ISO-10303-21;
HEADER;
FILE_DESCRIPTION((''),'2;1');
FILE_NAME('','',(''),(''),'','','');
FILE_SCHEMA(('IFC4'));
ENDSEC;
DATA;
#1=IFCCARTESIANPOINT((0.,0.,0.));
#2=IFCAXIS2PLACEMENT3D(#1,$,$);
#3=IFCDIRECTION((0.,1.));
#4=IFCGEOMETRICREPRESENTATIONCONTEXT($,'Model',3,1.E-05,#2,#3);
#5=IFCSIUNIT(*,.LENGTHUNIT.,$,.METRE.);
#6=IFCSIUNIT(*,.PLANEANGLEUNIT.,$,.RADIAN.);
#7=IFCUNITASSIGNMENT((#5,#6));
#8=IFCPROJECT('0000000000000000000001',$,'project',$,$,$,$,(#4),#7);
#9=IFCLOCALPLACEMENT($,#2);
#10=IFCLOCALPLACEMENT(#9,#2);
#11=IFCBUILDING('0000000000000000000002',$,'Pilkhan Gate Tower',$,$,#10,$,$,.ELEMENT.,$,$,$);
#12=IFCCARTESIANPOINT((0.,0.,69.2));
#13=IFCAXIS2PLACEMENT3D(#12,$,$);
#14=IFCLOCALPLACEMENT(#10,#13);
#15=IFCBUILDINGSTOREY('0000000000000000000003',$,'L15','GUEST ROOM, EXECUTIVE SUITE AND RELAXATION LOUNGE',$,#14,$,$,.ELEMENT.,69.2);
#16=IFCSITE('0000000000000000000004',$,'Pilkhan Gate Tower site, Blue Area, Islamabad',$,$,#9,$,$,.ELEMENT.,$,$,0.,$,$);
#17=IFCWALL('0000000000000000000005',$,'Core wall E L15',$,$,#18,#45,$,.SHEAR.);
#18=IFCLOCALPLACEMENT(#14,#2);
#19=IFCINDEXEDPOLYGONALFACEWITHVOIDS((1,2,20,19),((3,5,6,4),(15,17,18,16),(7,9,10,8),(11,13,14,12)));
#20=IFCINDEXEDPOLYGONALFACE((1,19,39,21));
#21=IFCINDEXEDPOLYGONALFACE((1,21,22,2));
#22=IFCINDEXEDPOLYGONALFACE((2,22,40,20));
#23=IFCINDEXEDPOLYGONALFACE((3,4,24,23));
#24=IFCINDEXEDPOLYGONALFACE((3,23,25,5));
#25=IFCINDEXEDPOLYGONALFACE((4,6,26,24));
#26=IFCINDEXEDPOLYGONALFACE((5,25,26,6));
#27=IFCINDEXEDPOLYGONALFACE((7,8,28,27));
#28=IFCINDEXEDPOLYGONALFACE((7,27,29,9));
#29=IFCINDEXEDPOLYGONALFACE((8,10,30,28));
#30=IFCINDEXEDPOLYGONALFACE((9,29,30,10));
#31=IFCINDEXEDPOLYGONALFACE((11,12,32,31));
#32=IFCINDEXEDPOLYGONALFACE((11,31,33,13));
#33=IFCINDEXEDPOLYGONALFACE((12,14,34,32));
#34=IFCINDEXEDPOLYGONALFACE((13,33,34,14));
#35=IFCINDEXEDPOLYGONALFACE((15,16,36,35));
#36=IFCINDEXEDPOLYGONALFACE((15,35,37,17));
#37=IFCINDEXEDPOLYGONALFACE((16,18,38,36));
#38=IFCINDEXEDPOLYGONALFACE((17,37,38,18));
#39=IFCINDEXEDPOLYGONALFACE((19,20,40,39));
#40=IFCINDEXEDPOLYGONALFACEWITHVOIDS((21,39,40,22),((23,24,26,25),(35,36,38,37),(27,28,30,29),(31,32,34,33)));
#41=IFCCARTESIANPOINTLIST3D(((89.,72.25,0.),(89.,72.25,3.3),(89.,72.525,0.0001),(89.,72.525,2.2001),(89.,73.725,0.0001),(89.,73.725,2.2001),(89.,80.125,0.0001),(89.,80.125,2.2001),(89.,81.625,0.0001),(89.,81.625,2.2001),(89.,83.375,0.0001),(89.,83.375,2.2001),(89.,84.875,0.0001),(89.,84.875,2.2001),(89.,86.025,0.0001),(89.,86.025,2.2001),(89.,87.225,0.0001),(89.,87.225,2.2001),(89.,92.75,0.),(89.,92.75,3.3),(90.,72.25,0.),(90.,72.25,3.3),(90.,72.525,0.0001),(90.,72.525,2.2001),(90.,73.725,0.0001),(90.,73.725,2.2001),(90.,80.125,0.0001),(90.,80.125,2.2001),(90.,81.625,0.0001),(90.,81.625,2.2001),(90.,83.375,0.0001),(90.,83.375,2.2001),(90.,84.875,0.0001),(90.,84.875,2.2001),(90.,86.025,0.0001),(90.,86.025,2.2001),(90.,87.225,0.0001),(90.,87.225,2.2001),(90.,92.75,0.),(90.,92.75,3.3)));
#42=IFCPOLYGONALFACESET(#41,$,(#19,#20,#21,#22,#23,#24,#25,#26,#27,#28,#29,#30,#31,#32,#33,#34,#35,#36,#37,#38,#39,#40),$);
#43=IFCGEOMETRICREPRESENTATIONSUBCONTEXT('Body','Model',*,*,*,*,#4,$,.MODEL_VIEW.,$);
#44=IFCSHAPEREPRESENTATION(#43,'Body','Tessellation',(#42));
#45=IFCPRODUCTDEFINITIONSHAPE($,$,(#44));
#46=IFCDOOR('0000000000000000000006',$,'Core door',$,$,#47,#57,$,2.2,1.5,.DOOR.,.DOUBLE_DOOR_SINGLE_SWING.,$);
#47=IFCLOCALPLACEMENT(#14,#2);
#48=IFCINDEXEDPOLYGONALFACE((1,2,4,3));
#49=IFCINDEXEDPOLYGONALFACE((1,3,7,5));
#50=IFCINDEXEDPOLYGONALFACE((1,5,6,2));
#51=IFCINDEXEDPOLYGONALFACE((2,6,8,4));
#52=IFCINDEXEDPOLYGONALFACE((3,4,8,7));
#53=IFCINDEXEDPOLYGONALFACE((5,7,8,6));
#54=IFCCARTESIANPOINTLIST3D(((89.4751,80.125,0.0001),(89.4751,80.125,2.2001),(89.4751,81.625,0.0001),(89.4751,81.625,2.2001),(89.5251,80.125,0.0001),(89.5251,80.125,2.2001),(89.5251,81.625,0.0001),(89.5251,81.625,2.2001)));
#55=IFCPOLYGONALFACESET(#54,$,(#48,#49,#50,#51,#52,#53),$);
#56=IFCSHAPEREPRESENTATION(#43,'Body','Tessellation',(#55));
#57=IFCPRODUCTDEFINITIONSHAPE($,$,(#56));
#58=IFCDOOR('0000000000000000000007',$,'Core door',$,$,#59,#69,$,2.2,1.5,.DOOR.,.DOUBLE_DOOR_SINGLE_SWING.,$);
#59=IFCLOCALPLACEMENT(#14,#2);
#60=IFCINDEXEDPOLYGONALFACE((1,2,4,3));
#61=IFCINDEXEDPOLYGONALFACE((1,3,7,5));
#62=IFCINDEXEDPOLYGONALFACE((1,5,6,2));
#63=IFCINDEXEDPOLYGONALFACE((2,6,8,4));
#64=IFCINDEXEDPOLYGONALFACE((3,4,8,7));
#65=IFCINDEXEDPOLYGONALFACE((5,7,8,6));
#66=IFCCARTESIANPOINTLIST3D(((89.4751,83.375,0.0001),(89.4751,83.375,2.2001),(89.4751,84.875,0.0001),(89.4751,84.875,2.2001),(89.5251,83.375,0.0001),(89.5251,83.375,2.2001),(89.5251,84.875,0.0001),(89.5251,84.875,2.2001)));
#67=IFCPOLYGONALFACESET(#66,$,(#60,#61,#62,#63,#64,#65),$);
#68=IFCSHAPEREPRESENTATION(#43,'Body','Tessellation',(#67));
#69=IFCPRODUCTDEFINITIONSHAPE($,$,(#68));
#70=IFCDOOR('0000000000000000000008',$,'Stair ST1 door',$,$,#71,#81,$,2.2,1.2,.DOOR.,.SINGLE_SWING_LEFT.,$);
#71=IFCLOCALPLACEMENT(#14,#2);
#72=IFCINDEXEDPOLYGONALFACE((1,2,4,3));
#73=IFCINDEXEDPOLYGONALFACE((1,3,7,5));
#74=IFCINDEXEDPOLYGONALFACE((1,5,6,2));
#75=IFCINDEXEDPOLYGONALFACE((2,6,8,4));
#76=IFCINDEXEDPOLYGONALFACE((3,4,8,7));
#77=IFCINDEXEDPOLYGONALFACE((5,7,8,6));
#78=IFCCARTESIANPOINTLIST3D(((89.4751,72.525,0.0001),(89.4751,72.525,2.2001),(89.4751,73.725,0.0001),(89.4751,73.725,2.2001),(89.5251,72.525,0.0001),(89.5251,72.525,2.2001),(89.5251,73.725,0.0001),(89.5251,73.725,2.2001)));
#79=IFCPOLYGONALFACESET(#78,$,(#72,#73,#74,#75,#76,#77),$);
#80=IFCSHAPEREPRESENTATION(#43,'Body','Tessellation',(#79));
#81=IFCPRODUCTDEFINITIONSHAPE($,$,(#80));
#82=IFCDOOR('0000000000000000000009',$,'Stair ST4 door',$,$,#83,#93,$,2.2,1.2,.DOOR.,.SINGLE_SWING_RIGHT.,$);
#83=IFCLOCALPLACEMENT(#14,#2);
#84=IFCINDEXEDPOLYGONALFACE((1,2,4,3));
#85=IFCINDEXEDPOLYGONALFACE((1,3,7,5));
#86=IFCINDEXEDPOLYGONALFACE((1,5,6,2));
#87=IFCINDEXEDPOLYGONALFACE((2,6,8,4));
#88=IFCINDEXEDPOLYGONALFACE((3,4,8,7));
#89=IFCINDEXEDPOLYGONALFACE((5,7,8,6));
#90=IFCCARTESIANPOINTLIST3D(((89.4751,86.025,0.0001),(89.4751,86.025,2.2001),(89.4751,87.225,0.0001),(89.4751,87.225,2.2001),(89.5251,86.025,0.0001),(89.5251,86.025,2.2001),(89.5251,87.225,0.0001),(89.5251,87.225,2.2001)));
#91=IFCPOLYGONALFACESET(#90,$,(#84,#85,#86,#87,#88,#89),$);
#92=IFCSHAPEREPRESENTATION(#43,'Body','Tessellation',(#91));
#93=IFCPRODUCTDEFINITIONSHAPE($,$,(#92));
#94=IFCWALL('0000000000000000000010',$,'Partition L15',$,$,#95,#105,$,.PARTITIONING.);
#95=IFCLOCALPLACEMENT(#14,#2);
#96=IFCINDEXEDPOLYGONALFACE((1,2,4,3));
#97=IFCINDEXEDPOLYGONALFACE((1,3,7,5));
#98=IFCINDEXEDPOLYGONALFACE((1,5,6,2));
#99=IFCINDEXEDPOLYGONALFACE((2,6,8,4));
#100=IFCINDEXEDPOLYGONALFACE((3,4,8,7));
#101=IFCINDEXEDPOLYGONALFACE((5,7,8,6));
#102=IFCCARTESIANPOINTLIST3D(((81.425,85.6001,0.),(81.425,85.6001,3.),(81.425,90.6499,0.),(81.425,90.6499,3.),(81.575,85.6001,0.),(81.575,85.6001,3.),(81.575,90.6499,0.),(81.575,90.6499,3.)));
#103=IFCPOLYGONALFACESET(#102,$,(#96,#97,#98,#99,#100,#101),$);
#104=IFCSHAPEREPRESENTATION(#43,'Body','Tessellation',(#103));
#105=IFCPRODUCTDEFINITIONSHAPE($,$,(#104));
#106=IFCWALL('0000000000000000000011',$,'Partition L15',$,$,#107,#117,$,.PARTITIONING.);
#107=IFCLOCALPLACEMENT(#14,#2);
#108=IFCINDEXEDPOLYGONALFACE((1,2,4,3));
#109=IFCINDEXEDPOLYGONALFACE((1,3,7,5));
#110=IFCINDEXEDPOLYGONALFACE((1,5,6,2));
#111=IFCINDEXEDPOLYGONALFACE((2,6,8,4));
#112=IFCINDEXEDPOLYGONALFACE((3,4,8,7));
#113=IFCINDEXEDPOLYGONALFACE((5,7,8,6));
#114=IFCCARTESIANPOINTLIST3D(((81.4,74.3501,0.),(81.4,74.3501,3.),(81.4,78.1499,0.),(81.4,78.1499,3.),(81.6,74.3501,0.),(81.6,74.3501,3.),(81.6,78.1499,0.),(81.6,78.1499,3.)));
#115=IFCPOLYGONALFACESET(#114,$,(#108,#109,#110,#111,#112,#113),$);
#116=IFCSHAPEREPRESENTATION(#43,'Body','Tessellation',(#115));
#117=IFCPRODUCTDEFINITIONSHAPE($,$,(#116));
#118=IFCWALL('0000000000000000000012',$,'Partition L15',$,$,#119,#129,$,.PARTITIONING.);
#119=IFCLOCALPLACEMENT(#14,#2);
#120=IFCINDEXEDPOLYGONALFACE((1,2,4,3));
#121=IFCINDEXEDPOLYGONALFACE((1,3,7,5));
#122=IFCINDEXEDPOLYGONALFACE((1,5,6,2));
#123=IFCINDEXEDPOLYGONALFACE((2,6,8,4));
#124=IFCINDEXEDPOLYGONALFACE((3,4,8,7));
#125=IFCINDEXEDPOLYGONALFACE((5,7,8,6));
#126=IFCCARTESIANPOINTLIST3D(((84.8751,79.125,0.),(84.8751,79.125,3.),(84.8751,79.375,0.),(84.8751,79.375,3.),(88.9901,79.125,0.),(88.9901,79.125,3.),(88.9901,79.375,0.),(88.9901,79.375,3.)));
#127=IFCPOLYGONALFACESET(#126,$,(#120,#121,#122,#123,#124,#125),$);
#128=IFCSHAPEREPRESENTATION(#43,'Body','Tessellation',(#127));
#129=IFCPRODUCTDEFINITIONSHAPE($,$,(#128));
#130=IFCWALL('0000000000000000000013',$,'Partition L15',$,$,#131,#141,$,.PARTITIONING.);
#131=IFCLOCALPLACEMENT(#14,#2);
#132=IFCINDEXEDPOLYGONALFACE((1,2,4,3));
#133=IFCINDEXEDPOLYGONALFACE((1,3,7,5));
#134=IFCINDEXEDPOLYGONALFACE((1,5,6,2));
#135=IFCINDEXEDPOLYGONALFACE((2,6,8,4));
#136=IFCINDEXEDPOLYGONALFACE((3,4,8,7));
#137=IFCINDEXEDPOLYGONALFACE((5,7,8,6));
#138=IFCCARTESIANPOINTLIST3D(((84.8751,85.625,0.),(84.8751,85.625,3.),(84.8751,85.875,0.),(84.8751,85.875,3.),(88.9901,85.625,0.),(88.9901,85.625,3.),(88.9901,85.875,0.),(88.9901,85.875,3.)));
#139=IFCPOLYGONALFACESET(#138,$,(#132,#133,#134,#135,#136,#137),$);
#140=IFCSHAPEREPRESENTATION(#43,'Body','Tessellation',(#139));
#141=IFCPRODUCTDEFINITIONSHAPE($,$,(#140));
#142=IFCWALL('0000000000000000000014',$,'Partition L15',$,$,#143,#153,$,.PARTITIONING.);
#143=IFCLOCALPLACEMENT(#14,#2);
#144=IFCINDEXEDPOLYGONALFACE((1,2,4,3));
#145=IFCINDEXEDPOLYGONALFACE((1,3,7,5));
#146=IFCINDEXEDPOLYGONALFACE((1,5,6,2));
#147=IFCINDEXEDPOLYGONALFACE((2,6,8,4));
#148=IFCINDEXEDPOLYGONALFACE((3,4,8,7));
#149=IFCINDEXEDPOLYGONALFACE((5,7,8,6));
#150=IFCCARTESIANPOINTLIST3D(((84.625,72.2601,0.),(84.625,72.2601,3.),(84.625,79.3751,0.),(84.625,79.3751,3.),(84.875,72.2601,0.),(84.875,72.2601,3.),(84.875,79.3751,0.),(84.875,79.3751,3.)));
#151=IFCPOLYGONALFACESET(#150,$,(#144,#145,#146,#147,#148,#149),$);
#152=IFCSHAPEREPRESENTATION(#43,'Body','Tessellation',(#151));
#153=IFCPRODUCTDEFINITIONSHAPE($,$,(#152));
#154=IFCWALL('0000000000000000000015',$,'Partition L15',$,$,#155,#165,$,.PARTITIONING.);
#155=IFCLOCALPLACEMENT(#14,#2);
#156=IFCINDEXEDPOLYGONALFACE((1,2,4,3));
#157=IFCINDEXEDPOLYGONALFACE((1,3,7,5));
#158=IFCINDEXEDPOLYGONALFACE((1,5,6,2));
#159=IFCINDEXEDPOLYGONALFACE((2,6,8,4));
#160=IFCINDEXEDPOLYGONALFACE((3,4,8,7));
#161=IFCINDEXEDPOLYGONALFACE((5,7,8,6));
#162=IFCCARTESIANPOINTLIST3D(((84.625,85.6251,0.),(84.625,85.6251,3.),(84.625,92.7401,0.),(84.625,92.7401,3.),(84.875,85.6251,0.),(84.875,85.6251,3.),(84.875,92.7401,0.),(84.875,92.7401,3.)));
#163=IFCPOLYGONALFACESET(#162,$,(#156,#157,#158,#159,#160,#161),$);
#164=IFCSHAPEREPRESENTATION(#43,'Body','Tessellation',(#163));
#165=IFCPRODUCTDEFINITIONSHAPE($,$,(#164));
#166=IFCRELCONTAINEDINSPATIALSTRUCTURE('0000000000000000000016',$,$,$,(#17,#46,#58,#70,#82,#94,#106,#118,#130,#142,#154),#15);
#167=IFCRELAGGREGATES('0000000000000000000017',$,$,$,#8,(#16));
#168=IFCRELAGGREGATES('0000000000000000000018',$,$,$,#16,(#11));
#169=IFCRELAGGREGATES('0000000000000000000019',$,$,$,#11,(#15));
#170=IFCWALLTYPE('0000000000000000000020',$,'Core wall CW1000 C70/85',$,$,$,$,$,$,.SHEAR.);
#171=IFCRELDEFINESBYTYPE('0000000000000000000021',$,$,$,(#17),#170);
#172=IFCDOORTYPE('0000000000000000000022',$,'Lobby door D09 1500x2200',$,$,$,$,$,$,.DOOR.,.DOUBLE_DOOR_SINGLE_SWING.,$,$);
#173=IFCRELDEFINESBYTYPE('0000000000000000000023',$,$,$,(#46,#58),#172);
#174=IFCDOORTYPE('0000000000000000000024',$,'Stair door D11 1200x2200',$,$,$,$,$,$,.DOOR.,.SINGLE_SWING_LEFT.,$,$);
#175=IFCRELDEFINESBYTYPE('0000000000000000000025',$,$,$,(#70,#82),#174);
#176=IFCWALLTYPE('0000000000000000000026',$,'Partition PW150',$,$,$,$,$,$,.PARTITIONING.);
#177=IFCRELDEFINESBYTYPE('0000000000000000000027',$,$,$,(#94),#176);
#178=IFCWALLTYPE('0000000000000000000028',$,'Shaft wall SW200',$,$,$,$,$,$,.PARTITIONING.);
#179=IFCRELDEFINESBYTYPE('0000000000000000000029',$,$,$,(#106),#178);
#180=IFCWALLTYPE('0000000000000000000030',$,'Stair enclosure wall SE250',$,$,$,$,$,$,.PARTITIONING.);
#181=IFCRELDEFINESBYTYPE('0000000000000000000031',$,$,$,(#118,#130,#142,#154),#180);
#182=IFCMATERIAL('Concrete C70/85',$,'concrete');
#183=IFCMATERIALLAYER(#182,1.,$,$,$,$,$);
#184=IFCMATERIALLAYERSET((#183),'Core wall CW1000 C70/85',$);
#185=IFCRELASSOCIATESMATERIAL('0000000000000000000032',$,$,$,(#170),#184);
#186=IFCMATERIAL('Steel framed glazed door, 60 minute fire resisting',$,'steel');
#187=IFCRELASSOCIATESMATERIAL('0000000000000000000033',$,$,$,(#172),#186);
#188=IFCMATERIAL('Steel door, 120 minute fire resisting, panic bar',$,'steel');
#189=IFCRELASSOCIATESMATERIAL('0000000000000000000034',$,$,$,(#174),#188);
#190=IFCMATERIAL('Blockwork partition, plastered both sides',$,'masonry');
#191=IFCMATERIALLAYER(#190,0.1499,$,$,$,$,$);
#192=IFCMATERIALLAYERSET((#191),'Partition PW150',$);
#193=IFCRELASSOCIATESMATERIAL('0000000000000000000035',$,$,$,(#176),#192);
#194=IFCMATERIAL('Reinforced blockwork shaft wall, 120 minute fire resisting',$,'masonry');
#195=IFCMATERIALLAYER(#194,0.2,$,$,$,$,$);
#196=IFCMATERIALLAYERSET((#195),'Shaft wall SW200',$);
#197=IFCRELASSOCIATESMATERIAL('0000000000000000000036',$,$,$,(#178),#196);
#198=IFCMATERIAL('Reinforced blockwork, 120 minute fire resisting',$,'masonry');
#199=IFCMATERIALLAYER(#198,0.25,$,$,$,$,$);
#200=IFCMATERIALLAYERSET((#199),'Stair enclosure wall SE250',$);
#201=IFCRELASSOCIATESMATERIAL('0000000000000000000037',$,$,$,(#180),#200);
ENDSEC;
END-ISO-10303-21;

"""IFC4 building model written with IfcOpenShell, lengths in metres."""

from ifc_helpers import new_model, si_unit, direction, frame, frame_2d, origin, place, context, subcontext, project, spatial, rectangle, extrude, material, layer, layer_set, type_object, element, fill, save


model = new_model("IFC4")

# Units and contexts
model_context = context("Model", 3, precision=1e-05, world=origin(), true_north=direction((0.0, 1.0)))
body_context = subcontext(model_context, "Body", "Model", "MODEL_VIEW")
ifc_project = project(units=[si_unit("LENGTHUNIT", "METRE"), si_unit("PLANEANGLEUNIT", "RADIAN")], contexts=[model_context])

# Site, building, storey
site_placement = place(None, origin())
site = spatial("IfcSite", under=ifc_project, at=site_placement, Name="Pilkhan Gate Tower site, Blue Area, Islamabad", CompositionType="ELEMENT", RefElevation=0.0)
building_placement = place(site_placement, origin())
building = spatial("IfcBuilding", under=site, at=building_placement, Name="Pilkhan Gate Tower", CompositionType="ELEMENT")
storey_placement = place(building_placement, frame((0.0, 0.0, 69.2)))
storey = spatial("IfcBuildingStorey", under=building, at=storey_placement, Name="L15", Description="GUEST ROOM, EXECUTIVE SUITE AND RELAXATION LOUNGE", CompositionType="ELEMENT", Elevation=69.2)

# Wall, openings, doors
ifc_material_1 = material(Name="Concrete C70/85", Category="concrete")
ifc_layer_1 = layer(ifc_material_1, 1.0)
ifc_layer_set_1 = layer_set([ifc_layer_1], Name="Core wall CW1000 C70/85")
wall_type_1 = type_object("IfcWallType", Name="Core wall CW1000 C70/85", PredefinedType="SHEAR", material=ifc_layer_set_1)
wall_1_placement = place(storey_placement, frame((89.5, 72.25, 0.0), z_axis=(0.0, 0.0, 1.0), x_axis=(0.0, 1.0, 0.0)))
wall_1 = element("IfcWall", 1, at=wall_1_placement, inside=storey, type_object=wall_type_1, Name="Core wall E L15", PredefinedType="SHEAR", context=body_context, shape_type="SweptSolid", body=[
    extrude(rectangle(XDim=20.5, YDim=1.0, at=frame_2d((10.25, 0.0))), origin(), (0.0, 0.0, 1.0), 3.3),
])
opening_1_placement = place(wall_1_placement, frame((0.2749, 0.0, 0.0)))
opening_1 = element("IfcOpeningElement", 2, at=opening_1_placement, cuts=wall_1, PredefinedType="OPENING", context=body_context, shape_type="SweptSolid", body=[
    extrude(rectangle(XDim=1.2, YDim=2.2, at=frame_2d((0.6001, 1.1001))), frame((0.0, 0.51, 0.0), z_axis=(0.0, -1.0, 0.0), x_axis=(1.0, 0.0, 0.0)), (0.0, 0.0, 1.0), 1.02),
])
opening_2_placement = place(wall_1_placement, frame((13.7749, 0.0, 0.0)))
opening_2 = element("IfcOpeningElement", 3, at=opening_2_placement, cuts=wall_1, PredefinedType="OPENING", context=body_context, shape_type="SweptSolid", body=[
    extrude(rectangle(XDim=1.2, YDim=2.2, at=frame_2d((0.6001, 1.1001))), frame((0.0, 0.51, 0.0), z_axis=(0.0, -1.0, 0.0), x_axis=(1.0, 0.0, 0.0)), (0.0, 0.0, 1.0), 1.02),
])
opening_3_placement = place(wall_1_placement, frame((7.875, 0.0, 0.0)))
opening_3 = element("IfcOpeningElement", 4, at=opening_3_placement, cuts=wall_1, PredefinedType="OPENING", context=body_context, shape_type="SweptSolid", body=[
    extrude(rectangle(XDim=1.5, YDim=2.2, at=frame_2d((0.75, 1.1001))), frame((0.0, 0.51, 0.0), z_axis=(0.0, -1.0, 0.0), x_axis=(1.0, 0.0, 0.0)), (0.0, 0.0, 1.0), 1.02),
])
opening_4_placement = place(wall_1_placement, frame((11.125, 0.0, 0.0)))
opening_4 = element("IfcOpeningElement", 5, at=opening_4_placement, cuts=wall_1, PredefinedType="OPENING", context=body_context, shape_type="SweptSolid", body=[
    extrude(rectangle(XDim=1.5, YDim=2.2, at=frame_2d((0.75, 1.1001))), frame((0.0, 0.51, 0.0), z_axis=(0.0, -1.0, 0.0), x_axis=(1.0, 0.0, 0.0)), (0.0, 0.0, 1.0), 1.02),
])
ifc_material_2 = material(Name="Steel framed glazed door, 60 minute fire resisting", Category="steel")
door_type_1 = type_object("IfcDoorType", Name="Lobby door D09 1500x2200", OperationType="DOUBLE_DOOR_SINGLE_SWING", PredefinedType="DOOR", material=ifc_material_2)
door_1_placement = place(opening_3_placement, origin())
door_1 = element("IfcDoor", 6, at=door_1_placement, inside=storey, type_object=door_type_1, Name="Core door", OperationType="DOUBLE_DOOR_SINGLE_SWING", OverallHeight=2.2, OverallWidth=1.5, PredefinedType="DOOR", context=body_context, shape_type="SweptSolid", body=[
    extrude(rectangle(XDim=1.5, YDim=2.2, at=frame_2d((0.75, 1.1001))), frame((0.0, 0.0249, 0.0), z_axis=(0.0, -1.0, 0.0), x_axis=(1.0, 0.0, 0.0)), (0.0, 0.0, 1.0), 0.05),
])
fill(opening_3, door_1)
door_2_placement = place(opening_4_placement, origin())
door_2 = element("IfcDoor", 7, at=door_2_placement, inside=storey, type_object=door_type_1, Name="Core door", OperationType="DOUBLE_DOOR_SINGLE_SWING", OverallHeight=2.2, OverallWidth=1.5, PredefinedType="DOOR", context=body_context, shape_type="SweptSolid", body=[
    extrude(rectangle(XDim=1.5, YDim=2.2, at=frame_2d((0.75, 1.1001))), frame((0.0, 0.0249, 0.0), z_axis=(0.0, -1.0, 0.0), x_axis=(1.0, 0.0, 0.0)), (0.0, 0.0, 1.0), 0.05),
])
fill(opening_4, door_2)
ifc_material_3 = material(Name="Steel door, 120 minute fire resisting, panic bar", Category="steel")
door_type_2 = type_object("IfcDoorType", Name="Stair door D11 1200x2200", OperationType="SINGLE_SWING_LEFT", PredefinedType="DOOR", material=ifc_material_3)
door_3_placement = place(opening_1_placement, origin())
door_3 = element("IfcDoor", 8, at=door_3_placement, inside=storey, type_object=door_type_2, Name="Stair ST1 door", OperationType="SINGLE_SWING_LEFT", OverallHeight=2.2, OverallWidth=1.2, PredefinedType="DOOR", context=body_context, shape_type="SweptSolid", body=[
    extrude(rectangle(XDim=1.2, YDim=2.2, at=frame_2d((0.6001, 1.1001))), frame((0.0, 0.0249, 0.0), z_axis=(0.0, -1.0, 0.0), x_axis=(1.0, 0.0, 0.0)), (0.0, 0.0, 1.0), 0.05),
])
fill(opening_1, door_3)
door_4_placement = place(opening_2_placement, origin())
door_4 = element("IfcDoor", 9, at=door_4_placement, inside=storey, type_object=door_type_2, Name="Stair ST4 door", OperationType="SINGLE_SWING_RIGHT", OverallHeight=2.2, OverallWidth=1.2, PredefinedType="DOOR", context=body_context, shape_type="SweptSolid", body=[
    extrude(rectangle(XDim=1.2, YDim=2.2, at=frame_2d((0.6001, 1.1001))), frame((0.0, 0.0249, 0.0), z_axis=(0.0, -1.0, 0.0), x_axis=(1.0, 0.0, 0.0)), (0.0, 0.0, 1.0), 0.05),
])
fill(opening_2, door_4)

# Walls
ifc_material_4 = material(Name="Blockwork partition, plastered both sides", Category="masonry")
ifc_layer_2 = layer(ifc_material_4, 0.1499)
ifc_layer_set_2 = layer_set([ifc_layer_2], Name="Partition PW150")
wall_type_2 = type_object("IfcWallType", Name="Partition PW150", PredefinedType="PARTITIONING", material=ifc_layer_set_2)
wall_2_placement = place(storey_placement, frame((81.5, 85.6001, 0.0), z_axis=(0.0, 0.0, 1.0), x_axis=(0.0, 1.0, 0.0)))
element("IfcWall", 10, at=wall_2_placement, inside=storey, type_object=wall_type_2, Name="Partition L15", PredefinedType="PARTITIONING", context=body_context, shape_type="SweptSolid", body=[
    extrude(rectangle(XDim=5.0498, YDim=0.1499, at=frame_2d((2.5249, 0.0))), origin(), (0.0, 0.0, 1.0), 3.0),
])
ifc_material_5 = material(Name="Reinforced blockwork shaft wall, 120 minute fire resisting", Category="masonry")
ifc_layer_3 = layer(ifc_material_5, 0.2)
ifc_layer_set_3 = layer_set([ifc_layer_3], Name="Shaft wall SW200")
wall_type_3 = type_object("IfcWallType", Name="Shaft wall SW200", PredefinedType="PARTITIONING", material=ifc_layer_set_3)
wall_3_placement = place(storey_placement, frame((81.5, 74.3501, 0.0), z_axis=(0.0, 0.0, 1.0), x_axis=(0.0, 1.0, 0.0)))
element("IfcWall", 11, at=wall_3_placement, inside=storey, type_object=wall_type_3, Name="Partition L15", PredefinedType="PARTITIONING", context=body_context, shape_type="SweptSolid", body=[
    extrude(rectangle(XDim=3.7998, YDim=0.2, at=frame_2d((1.8999, 0.0))), origin(), (0.0, 0.0, 1.0), 3.0),
])
ifc_material_6 = material(Name="Reinforced blockwork, 120 minute fire resisting", Category="masonry")
ifc_layer_4 = layer(ifc_material_6, 0.25)
ifc_layer_set_4 = layer_set([ifc_layer_4], Name="Stair enclosure wall SE250")
wall_type_4 = type_object("IfcWallType", Name="Stair enclosure wall SE250", PredefinedType="PARTITIONING", material=ifc_layer_set_4)
for number, where, z_axis, x_axis, name in (
    (12, (84.875, 79.25, 0.0), (0.0, 0.0, 1.0), (1.0, 0.0, 0.0), "Partition L15"),
    (13, (84.875, 85.75, 0.0), (0.0, 0.0, 1.0), (1.0, 0.0, 0.0), "Partition L15"),
):
    element("IfcWall", number, at=place(storey_placement, frame(where, z_axis=z_axis, x_axis=x_axis)), inside=storey, type_object=wall_type_4, Name=name, PredefinedType="PARTITIONING", context=body_context, shape_type="SweptSolid", body=[
        extrude(rectangle(XDim=4.115, YDim=0.25, at=frame_2d((2.0576, 0.0))), origin(), (0.0, 0.0, 1.0), 3.0),
    ])
for number, where, z_axis, x_axis, name in (
    (14, (84.75, 72.26, 0.0), (0.0, 0.0, 1.0), (0.0, 1.0, 0.0), "Partition L15"),
    (15, (84.75, 85.625, 0.0), (0.0, 0.0, 1.0), (0.0, 1.0, 0.0), "Partition L15"),
):
    element("IfcWall", number, at=place(storey_placement, frame(where, z_axis=z_axis, x_axis=x_axis)), inside=storey, type_object=wall_type_4, Name=name, PredefinedType="PARTITIONING", context=body_context, shape_type="SweptSolid", body=[
        extrude(rectangle(XDim=7.115, YDim=0.25, at=frame_2d((3.5576, 0.0))), origin(), (0.0, 0.0, 1.0), 3.0),
    ])

save(model, "model.ifc")
